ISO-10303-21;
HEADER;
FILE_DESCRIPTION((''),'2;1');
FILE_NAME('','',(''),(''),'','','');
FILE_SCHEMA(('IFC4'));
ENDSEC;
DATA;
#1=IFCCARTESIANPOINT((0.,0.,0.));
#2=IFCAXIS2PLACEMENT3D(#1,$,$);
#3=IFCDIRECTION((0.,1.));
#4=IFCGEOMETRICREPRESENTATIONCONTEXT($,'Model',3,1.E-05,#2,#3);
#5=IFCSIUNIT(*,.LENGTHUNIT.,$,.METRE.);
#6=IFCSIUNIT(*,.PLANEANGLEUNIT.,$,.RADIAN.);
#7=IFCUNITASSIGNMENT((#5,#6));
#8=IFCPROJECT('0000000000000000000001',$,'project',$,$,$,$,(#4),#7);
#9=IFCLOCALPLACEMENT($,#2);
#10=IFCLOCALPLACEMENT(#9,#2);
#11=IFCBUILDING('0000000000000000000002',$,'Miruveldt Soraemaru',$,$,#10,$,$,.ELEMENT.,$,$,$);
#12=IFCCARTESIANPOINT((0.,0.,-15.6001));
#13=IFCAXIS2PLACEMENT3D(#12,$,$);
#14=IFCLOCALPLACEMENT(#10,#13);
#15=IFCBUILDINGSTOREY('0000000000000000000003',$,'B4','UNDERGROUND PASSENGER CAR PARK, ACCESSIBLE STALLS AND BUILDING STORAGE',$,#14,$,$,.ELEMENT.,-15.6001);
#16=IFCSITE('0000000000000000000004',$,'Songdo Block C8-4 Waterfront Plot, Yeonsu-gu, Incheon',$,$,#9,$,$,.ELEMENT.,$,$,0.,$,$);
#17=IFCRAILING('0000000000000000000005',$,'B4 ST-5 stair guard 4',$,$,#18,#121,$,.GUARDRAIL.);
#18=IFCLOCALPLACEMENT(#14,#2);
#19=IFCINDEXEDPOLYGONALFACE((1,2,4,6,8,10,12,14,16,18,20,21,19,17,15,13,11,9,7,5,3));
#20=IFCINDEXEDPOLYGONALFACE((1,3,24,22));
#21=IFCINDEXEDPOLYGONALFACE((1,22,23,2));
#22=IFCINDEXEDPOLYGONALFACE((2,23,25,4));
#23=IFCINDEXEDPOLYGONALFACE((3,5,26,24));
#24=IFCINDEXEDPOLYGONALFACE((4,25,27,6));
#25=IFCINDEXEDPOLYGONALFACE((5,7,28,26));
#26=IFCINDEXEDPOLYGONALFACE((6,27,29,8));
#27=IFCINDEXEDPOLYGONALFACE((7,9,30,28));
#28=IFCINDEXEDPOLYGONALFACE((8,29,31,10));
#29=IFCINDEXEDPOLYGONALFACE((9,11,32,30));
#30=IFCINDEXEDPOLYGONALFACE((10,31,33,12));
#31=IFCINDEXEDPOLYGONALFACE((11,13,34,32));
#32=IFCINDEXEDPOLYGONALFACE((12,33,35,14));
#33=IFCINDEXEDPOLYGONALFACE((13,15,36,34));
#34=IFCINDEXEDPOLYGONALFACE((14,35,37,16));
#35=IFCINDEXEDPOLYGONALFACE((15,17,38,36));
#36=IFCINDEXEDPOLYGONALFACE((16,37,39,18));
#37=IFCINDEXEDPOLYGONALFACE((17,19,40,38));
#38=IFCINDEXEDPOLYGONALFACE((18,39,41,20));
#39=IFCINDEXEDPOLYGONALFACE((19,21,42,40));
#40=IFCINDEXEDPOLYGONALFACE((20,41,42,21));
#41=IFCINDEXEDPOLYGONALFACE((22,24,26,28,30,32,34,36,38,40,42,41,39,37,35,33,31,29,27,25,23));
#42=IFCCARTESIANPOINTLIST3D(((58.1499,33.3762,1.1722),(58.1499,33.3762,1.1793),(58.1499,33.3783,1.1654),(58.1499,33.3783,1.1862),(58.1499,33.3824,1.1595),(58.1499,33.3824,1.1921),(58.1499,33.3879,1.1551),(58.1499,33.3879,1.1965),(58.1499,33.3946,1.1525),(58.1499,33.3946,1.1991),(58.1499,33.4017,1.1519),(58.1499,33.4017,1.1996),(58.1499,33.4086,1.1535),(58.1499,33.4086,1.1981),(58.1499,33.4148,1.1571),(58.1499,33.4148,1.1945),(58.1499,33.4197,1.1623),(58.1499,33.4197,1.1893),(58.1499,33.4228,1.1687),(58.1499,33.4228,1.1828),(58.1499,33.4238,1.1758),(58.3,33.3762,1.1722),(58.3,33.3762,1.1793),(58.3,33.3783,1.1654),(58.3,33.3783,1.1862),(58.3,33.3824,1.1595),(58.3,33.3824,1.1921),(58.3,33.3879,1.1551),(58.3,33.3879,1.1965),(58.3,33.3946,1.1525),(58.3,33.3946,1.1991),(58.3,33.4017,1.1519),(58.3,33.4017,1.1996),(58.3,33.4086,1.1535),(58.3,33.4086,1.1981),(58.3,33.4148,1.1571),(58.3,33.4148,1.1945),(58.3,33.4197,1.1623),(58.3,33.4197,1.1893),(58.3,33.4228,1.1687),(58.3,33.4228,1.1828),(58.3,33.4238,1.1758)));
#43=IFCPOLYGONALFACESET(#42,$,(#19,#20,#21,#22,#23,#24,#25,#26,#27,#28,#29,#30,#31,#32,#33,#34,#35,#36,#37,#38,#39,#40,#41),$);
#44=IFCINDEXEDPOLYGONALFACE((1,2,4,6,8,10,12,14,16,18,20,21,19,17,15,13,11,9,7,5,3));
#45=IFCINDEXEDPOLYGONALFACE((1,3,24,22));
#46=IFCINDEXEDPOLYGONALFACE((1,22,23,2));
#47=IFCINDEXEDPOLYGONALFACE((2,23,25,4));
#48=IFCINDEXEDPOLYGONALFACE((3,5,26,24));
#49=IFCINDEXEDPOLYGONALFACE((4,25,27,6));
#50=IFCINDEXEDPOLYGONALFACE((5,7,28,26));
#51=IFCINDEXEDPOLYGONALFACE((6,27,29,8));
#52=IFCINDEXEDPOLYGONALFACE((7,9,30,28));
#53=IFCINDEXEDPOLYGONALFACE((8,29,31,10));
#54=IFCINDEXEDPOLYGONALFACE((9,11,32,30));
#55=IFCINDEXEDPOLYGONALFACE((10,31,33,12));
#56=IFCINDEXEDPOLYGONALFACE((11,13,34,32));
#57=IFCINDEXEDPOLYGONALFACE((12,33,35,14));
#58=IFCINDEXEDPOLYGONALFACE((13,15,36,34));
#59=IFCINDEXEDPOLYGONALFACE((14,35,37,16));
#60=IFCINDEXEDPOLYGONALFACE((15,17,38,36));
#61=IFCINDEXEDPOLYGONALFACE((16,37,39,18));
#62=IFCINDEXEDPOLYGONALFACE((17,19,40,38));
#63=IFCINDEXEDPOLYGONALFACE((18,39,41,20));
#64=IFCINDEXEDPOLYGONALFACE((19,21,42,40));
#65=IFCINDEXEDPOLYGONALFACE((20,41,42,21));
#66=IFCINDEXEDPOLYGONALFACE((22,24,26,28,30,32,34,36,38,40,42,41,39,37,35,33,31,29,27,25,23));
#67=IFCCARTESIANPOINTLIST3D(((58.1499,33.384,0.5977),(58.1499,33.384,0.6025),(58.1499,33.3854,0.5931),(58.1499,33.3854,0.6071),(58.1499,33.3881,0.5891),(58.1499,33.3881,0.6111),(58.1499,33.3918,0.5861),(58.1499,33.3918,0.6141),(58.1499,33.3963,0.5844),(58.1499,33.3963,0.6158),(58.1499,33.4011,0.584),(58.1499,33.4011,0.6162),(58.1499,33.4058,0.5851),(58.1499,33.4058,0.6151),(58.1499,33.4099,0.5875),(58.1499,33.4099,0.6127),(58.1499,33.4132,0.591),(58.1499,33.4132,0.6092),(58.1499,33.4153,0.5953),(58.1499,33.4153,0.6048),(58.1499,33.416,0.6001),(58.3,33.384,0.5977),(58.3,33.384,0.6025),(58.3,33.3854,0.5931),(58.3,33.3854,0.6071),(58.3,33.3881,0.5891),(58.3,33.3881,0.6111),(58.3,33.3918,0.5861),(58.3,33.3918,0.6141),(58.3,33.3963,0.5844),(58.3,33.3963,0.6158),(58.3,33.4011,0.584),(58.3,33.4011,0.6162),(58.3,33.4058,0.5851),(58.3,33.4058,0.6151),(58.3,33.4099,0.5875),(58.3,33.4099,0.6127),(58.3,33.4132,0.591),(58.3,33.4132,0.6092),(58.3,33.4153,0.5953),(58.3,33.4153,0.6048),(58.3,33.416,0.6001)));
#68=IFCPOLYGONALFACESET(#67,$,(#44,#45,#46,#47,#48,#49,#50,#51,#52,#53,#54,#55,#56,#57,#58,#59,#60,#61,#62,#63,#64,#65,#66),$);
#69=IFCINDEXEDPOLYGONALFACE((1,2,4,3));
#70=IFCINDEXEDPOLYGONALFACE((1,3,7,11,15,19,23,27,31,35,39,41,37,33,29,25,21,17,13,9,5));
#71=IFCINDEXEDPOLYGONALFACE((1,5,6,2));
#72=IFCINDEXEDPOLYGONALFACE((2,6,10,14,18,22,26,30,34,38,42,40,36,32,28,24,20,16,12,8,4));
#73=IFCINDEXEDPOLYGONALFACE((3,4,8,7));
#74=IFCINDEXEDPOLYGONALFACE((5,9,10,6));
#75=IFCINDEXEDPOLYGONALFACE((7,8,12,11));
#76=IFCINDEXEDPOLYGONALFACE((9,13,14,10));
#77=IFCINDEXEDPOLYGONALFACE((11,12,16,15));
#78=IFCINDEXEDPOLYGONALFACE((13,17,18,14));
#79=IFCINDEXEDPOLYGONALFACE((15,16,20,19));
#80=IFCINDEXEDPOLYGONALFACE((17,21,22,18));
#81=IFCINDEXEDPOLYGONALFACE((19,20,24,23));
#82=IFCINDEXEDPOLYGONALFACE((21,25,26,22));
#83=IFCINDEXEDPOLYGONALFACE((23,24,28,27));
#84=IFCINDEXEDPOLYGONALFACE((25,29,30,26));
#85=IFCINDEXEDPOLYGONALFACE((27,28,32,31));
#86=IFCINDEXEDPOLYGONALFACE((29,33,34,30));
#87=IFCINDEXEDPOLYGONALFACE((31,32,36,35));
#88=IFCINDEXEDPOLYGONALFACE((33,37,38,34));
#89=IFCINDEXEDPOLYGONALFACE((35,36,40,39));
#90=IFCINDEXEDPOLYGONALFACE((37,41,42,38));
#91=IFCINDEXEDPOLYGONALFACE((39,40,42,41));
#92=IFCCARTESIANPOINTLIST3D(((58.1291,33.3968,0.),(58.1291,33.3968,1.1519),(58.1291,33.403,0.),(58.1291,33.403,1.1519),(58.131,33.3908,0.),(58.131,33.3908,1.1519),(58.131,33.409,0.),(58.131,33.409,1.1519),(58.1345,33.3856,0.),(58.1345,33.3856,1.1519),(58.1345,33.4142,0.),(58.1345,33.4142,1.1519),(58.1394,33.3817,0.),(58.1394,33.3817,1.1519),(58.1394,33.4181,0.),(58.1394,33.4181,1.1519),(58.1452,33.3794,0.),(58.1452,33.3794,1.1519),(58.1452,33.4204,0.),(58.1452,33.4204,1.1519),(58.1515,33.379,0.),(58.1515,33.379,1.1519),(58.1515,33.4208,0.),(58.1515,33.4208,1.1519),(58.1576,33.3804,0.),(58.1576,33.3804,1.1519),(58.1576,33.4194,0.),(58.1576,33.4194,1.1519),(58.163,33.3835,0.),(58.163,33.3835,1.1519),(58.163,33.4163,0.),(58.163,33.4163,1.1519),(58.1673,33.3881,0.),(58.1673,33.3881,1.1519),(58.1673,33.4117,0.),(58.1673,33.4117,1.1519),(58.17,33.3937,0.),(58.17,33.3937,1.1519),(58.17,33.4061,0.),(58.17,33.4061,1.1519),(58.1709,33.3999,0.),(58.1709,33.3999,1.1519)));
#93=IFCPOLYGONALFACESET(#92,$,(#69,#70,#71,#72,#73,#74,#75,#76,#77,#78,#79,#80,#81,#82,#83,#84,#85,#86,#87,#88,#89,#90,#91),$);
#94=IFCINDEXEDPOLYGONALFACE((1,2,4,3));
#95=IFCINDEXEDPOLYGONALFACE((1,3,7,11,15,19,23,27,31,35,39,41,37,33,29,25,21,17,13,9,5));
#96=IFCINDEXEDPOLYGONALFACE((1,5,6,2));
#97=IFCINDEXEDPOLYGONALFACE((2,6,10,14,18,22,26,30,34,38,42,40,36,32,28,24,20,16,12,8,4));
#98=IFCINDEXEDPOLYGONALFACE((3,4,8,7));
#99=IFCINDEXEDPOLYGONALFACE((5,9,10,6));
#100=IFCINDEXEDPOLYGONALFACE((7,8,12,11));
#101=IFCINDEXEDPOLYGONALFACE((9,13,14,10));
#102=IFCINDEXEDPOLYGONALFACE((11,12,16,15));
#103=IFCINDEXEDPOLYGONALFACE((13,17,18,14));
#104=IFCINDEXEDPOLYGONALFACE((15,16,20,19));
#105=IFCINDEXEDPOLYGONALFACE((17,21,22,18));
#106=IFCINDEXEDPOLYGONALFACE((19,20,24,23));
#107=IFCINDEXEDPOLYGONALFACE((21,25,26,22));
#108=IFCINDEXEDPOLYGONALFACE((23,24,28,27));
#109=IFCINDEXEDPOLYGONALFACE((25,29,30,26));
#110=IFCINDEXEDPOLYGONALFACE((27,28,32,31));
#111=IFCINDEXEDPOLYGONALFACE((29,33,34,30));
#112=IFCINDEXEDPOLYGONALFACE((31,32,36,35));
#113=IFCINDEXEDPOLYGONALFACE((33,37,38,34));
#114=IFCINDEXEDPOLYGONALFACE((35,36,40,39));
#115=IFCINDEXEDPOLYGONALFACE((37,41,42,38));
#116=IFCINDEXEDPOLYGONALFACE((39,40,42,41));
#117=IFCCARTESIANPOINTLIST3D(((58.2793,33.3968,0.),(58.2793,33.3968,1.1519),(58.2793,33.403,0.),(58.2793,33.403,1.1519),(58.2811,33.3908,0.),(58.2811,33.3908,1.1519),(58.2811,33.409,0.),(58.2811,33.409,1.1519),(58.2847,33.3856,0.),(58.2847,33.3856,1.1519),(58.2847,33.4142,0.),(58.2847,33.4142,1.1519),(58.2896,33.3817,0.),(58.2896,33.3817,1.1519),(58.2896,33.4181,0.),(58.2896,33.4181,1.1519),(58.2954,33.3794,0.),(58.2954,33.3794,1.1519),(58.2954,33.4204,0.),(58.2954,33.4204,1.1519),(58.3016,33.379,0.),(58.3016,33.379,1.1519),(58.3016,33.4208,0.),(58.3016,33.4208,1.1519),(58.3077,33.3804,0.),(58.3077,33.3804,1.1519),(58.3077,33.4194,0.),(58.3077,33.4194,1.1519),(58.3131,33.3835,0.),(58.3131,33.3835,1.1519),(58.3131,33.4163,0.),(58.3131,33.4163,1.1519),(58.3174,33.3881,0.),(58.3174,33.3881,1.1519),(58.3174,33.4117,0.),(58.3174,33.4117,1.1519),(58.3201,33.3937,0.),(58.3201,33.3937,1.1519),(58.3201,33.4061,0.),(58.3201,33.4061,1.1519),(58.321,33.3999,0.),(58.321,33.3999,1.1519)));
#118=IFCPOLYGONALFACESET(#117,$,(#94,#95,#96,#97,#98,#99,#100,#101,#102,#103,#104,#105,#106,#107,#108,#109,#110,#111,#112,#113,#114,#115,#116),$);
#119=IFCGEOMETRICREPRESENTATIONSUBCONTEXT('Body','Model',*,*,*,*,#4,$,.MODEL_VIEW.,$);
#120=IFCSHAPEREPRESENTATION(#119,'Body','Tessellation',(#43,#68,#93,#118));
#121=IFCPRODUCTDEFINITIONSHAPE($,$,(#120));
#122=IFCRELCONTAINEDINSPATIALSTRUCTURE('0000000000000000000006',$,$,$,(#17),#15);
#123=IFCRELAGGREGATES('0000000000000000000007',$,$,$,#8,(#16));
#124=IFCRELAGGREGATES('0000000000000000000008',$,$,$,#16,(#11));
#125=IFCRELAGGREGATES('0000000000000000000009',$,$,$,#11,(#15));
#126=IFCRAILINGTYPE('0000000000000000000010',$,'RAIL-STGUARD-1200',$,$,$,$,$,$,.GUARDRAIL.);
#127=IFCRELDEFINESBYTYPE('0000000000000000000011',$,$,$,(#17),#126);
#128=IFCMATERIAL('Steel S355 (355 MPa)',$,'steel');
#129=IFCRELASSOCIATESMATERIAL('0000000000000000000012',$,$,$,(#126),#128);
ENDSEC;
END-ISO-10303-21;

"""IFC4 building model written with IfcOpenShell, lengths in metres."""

from ifc_helpers import new_model, si_unit, direction, frame, origin, origin_2d, place, context, subcontext, project, spatial, circle, extrude, material, type_object, element, save


model = new_model("IFC4")

# Units and contexts
model_context = context("Model", 3, precision=1e-05, world=origin(), true_north=direction((0.0, 1.0)))
body_context = subcontext(model_context, "Body", "Model", "MODEL_VIEW")
ifc_project = project(units=[si_unit("LENGTHUNIT", "METRE"), si_unit("PLANEANGLEUNIT", "RADIAN")], contexts=[model_context])

# Site, building, storey
site_placement = place(None, origin())
site = spatial("IfcSite", under=ifc_project, at=site_placement, Name="Songdo Block C8-4 Waterfront Plot, Yeonsu-gu, Incheon", CompositionType="ELEMENT", RefElevation=0.0)
building_placement = place(site_placement, origin())
building = spatial("IfcBuilding", under=site, at=building_placement, Name="Miruveldt Soraemaru", CompositionType="ELEMENT")
storey_placement = place(building_placement, frame((0.0, 0.0, -15.6001)))
storey = spatial("IfcBuildingStorey", under=building, at=storey_placement, Name="B4", Description="UNDERGROUND PASSENGER CAR PARK, ACCESSIBLE STALLS AND BUILDING STORAGE", CompositionType="ELEMENT", Elevation=-15.6001)

# Shared definitions
ifc_material_1 = material(Name="Steel S355 (355 MPa)", Category="steel")

# Railing
railing_type_1 = type_object("IfcRailingType", Name="RAIL-STGUARD-1200", PredefinedType="GUARDRAIL", material=ifc_material_1)
railing_1_placement = place(storey_placement, frame((58.1499, 33.3999, 0.0)))
element("IfcRailing", 1, at=railing_1_placement, inside=storey, type_object=railing_type_1, Name="B4 ST-5 stair guard 4", PredefinedType="GUARDRAIL", context=body_context, shape_type="SweptSolid", body=[
    extrude(circle(Radius=0.0239, at=origin_2d()), frame((0.0, 0.0, 1.1758), z_axis=(1.0, 0.0, 0.0), x_axis=(0.0, 1.0, 0.0)), (0.0, 0.0, 1.0), 0.1501),
    extrude(circle(Radius=0.0161, at=origin_2d()), frame((0.0, 0.0, 0.6001), z_axis=(1.0, 0.0, 0.0), x_axis=(0.0, 1.0, 0.0)), (0.0, 0.0, 1.0), 0.1501),
    extrude(circle(Radius=0.021, at=origin_2d()), origin(), (0.0, 0.0, 1.0), 1.1519),
    extrude(circle(Radius=0.021, at=origin_2d()), frame((0.1501, 0.0, 0.0)), (0.0, 0.0, 1.0), 1.1519),
])

save(model, "model.ifc")
